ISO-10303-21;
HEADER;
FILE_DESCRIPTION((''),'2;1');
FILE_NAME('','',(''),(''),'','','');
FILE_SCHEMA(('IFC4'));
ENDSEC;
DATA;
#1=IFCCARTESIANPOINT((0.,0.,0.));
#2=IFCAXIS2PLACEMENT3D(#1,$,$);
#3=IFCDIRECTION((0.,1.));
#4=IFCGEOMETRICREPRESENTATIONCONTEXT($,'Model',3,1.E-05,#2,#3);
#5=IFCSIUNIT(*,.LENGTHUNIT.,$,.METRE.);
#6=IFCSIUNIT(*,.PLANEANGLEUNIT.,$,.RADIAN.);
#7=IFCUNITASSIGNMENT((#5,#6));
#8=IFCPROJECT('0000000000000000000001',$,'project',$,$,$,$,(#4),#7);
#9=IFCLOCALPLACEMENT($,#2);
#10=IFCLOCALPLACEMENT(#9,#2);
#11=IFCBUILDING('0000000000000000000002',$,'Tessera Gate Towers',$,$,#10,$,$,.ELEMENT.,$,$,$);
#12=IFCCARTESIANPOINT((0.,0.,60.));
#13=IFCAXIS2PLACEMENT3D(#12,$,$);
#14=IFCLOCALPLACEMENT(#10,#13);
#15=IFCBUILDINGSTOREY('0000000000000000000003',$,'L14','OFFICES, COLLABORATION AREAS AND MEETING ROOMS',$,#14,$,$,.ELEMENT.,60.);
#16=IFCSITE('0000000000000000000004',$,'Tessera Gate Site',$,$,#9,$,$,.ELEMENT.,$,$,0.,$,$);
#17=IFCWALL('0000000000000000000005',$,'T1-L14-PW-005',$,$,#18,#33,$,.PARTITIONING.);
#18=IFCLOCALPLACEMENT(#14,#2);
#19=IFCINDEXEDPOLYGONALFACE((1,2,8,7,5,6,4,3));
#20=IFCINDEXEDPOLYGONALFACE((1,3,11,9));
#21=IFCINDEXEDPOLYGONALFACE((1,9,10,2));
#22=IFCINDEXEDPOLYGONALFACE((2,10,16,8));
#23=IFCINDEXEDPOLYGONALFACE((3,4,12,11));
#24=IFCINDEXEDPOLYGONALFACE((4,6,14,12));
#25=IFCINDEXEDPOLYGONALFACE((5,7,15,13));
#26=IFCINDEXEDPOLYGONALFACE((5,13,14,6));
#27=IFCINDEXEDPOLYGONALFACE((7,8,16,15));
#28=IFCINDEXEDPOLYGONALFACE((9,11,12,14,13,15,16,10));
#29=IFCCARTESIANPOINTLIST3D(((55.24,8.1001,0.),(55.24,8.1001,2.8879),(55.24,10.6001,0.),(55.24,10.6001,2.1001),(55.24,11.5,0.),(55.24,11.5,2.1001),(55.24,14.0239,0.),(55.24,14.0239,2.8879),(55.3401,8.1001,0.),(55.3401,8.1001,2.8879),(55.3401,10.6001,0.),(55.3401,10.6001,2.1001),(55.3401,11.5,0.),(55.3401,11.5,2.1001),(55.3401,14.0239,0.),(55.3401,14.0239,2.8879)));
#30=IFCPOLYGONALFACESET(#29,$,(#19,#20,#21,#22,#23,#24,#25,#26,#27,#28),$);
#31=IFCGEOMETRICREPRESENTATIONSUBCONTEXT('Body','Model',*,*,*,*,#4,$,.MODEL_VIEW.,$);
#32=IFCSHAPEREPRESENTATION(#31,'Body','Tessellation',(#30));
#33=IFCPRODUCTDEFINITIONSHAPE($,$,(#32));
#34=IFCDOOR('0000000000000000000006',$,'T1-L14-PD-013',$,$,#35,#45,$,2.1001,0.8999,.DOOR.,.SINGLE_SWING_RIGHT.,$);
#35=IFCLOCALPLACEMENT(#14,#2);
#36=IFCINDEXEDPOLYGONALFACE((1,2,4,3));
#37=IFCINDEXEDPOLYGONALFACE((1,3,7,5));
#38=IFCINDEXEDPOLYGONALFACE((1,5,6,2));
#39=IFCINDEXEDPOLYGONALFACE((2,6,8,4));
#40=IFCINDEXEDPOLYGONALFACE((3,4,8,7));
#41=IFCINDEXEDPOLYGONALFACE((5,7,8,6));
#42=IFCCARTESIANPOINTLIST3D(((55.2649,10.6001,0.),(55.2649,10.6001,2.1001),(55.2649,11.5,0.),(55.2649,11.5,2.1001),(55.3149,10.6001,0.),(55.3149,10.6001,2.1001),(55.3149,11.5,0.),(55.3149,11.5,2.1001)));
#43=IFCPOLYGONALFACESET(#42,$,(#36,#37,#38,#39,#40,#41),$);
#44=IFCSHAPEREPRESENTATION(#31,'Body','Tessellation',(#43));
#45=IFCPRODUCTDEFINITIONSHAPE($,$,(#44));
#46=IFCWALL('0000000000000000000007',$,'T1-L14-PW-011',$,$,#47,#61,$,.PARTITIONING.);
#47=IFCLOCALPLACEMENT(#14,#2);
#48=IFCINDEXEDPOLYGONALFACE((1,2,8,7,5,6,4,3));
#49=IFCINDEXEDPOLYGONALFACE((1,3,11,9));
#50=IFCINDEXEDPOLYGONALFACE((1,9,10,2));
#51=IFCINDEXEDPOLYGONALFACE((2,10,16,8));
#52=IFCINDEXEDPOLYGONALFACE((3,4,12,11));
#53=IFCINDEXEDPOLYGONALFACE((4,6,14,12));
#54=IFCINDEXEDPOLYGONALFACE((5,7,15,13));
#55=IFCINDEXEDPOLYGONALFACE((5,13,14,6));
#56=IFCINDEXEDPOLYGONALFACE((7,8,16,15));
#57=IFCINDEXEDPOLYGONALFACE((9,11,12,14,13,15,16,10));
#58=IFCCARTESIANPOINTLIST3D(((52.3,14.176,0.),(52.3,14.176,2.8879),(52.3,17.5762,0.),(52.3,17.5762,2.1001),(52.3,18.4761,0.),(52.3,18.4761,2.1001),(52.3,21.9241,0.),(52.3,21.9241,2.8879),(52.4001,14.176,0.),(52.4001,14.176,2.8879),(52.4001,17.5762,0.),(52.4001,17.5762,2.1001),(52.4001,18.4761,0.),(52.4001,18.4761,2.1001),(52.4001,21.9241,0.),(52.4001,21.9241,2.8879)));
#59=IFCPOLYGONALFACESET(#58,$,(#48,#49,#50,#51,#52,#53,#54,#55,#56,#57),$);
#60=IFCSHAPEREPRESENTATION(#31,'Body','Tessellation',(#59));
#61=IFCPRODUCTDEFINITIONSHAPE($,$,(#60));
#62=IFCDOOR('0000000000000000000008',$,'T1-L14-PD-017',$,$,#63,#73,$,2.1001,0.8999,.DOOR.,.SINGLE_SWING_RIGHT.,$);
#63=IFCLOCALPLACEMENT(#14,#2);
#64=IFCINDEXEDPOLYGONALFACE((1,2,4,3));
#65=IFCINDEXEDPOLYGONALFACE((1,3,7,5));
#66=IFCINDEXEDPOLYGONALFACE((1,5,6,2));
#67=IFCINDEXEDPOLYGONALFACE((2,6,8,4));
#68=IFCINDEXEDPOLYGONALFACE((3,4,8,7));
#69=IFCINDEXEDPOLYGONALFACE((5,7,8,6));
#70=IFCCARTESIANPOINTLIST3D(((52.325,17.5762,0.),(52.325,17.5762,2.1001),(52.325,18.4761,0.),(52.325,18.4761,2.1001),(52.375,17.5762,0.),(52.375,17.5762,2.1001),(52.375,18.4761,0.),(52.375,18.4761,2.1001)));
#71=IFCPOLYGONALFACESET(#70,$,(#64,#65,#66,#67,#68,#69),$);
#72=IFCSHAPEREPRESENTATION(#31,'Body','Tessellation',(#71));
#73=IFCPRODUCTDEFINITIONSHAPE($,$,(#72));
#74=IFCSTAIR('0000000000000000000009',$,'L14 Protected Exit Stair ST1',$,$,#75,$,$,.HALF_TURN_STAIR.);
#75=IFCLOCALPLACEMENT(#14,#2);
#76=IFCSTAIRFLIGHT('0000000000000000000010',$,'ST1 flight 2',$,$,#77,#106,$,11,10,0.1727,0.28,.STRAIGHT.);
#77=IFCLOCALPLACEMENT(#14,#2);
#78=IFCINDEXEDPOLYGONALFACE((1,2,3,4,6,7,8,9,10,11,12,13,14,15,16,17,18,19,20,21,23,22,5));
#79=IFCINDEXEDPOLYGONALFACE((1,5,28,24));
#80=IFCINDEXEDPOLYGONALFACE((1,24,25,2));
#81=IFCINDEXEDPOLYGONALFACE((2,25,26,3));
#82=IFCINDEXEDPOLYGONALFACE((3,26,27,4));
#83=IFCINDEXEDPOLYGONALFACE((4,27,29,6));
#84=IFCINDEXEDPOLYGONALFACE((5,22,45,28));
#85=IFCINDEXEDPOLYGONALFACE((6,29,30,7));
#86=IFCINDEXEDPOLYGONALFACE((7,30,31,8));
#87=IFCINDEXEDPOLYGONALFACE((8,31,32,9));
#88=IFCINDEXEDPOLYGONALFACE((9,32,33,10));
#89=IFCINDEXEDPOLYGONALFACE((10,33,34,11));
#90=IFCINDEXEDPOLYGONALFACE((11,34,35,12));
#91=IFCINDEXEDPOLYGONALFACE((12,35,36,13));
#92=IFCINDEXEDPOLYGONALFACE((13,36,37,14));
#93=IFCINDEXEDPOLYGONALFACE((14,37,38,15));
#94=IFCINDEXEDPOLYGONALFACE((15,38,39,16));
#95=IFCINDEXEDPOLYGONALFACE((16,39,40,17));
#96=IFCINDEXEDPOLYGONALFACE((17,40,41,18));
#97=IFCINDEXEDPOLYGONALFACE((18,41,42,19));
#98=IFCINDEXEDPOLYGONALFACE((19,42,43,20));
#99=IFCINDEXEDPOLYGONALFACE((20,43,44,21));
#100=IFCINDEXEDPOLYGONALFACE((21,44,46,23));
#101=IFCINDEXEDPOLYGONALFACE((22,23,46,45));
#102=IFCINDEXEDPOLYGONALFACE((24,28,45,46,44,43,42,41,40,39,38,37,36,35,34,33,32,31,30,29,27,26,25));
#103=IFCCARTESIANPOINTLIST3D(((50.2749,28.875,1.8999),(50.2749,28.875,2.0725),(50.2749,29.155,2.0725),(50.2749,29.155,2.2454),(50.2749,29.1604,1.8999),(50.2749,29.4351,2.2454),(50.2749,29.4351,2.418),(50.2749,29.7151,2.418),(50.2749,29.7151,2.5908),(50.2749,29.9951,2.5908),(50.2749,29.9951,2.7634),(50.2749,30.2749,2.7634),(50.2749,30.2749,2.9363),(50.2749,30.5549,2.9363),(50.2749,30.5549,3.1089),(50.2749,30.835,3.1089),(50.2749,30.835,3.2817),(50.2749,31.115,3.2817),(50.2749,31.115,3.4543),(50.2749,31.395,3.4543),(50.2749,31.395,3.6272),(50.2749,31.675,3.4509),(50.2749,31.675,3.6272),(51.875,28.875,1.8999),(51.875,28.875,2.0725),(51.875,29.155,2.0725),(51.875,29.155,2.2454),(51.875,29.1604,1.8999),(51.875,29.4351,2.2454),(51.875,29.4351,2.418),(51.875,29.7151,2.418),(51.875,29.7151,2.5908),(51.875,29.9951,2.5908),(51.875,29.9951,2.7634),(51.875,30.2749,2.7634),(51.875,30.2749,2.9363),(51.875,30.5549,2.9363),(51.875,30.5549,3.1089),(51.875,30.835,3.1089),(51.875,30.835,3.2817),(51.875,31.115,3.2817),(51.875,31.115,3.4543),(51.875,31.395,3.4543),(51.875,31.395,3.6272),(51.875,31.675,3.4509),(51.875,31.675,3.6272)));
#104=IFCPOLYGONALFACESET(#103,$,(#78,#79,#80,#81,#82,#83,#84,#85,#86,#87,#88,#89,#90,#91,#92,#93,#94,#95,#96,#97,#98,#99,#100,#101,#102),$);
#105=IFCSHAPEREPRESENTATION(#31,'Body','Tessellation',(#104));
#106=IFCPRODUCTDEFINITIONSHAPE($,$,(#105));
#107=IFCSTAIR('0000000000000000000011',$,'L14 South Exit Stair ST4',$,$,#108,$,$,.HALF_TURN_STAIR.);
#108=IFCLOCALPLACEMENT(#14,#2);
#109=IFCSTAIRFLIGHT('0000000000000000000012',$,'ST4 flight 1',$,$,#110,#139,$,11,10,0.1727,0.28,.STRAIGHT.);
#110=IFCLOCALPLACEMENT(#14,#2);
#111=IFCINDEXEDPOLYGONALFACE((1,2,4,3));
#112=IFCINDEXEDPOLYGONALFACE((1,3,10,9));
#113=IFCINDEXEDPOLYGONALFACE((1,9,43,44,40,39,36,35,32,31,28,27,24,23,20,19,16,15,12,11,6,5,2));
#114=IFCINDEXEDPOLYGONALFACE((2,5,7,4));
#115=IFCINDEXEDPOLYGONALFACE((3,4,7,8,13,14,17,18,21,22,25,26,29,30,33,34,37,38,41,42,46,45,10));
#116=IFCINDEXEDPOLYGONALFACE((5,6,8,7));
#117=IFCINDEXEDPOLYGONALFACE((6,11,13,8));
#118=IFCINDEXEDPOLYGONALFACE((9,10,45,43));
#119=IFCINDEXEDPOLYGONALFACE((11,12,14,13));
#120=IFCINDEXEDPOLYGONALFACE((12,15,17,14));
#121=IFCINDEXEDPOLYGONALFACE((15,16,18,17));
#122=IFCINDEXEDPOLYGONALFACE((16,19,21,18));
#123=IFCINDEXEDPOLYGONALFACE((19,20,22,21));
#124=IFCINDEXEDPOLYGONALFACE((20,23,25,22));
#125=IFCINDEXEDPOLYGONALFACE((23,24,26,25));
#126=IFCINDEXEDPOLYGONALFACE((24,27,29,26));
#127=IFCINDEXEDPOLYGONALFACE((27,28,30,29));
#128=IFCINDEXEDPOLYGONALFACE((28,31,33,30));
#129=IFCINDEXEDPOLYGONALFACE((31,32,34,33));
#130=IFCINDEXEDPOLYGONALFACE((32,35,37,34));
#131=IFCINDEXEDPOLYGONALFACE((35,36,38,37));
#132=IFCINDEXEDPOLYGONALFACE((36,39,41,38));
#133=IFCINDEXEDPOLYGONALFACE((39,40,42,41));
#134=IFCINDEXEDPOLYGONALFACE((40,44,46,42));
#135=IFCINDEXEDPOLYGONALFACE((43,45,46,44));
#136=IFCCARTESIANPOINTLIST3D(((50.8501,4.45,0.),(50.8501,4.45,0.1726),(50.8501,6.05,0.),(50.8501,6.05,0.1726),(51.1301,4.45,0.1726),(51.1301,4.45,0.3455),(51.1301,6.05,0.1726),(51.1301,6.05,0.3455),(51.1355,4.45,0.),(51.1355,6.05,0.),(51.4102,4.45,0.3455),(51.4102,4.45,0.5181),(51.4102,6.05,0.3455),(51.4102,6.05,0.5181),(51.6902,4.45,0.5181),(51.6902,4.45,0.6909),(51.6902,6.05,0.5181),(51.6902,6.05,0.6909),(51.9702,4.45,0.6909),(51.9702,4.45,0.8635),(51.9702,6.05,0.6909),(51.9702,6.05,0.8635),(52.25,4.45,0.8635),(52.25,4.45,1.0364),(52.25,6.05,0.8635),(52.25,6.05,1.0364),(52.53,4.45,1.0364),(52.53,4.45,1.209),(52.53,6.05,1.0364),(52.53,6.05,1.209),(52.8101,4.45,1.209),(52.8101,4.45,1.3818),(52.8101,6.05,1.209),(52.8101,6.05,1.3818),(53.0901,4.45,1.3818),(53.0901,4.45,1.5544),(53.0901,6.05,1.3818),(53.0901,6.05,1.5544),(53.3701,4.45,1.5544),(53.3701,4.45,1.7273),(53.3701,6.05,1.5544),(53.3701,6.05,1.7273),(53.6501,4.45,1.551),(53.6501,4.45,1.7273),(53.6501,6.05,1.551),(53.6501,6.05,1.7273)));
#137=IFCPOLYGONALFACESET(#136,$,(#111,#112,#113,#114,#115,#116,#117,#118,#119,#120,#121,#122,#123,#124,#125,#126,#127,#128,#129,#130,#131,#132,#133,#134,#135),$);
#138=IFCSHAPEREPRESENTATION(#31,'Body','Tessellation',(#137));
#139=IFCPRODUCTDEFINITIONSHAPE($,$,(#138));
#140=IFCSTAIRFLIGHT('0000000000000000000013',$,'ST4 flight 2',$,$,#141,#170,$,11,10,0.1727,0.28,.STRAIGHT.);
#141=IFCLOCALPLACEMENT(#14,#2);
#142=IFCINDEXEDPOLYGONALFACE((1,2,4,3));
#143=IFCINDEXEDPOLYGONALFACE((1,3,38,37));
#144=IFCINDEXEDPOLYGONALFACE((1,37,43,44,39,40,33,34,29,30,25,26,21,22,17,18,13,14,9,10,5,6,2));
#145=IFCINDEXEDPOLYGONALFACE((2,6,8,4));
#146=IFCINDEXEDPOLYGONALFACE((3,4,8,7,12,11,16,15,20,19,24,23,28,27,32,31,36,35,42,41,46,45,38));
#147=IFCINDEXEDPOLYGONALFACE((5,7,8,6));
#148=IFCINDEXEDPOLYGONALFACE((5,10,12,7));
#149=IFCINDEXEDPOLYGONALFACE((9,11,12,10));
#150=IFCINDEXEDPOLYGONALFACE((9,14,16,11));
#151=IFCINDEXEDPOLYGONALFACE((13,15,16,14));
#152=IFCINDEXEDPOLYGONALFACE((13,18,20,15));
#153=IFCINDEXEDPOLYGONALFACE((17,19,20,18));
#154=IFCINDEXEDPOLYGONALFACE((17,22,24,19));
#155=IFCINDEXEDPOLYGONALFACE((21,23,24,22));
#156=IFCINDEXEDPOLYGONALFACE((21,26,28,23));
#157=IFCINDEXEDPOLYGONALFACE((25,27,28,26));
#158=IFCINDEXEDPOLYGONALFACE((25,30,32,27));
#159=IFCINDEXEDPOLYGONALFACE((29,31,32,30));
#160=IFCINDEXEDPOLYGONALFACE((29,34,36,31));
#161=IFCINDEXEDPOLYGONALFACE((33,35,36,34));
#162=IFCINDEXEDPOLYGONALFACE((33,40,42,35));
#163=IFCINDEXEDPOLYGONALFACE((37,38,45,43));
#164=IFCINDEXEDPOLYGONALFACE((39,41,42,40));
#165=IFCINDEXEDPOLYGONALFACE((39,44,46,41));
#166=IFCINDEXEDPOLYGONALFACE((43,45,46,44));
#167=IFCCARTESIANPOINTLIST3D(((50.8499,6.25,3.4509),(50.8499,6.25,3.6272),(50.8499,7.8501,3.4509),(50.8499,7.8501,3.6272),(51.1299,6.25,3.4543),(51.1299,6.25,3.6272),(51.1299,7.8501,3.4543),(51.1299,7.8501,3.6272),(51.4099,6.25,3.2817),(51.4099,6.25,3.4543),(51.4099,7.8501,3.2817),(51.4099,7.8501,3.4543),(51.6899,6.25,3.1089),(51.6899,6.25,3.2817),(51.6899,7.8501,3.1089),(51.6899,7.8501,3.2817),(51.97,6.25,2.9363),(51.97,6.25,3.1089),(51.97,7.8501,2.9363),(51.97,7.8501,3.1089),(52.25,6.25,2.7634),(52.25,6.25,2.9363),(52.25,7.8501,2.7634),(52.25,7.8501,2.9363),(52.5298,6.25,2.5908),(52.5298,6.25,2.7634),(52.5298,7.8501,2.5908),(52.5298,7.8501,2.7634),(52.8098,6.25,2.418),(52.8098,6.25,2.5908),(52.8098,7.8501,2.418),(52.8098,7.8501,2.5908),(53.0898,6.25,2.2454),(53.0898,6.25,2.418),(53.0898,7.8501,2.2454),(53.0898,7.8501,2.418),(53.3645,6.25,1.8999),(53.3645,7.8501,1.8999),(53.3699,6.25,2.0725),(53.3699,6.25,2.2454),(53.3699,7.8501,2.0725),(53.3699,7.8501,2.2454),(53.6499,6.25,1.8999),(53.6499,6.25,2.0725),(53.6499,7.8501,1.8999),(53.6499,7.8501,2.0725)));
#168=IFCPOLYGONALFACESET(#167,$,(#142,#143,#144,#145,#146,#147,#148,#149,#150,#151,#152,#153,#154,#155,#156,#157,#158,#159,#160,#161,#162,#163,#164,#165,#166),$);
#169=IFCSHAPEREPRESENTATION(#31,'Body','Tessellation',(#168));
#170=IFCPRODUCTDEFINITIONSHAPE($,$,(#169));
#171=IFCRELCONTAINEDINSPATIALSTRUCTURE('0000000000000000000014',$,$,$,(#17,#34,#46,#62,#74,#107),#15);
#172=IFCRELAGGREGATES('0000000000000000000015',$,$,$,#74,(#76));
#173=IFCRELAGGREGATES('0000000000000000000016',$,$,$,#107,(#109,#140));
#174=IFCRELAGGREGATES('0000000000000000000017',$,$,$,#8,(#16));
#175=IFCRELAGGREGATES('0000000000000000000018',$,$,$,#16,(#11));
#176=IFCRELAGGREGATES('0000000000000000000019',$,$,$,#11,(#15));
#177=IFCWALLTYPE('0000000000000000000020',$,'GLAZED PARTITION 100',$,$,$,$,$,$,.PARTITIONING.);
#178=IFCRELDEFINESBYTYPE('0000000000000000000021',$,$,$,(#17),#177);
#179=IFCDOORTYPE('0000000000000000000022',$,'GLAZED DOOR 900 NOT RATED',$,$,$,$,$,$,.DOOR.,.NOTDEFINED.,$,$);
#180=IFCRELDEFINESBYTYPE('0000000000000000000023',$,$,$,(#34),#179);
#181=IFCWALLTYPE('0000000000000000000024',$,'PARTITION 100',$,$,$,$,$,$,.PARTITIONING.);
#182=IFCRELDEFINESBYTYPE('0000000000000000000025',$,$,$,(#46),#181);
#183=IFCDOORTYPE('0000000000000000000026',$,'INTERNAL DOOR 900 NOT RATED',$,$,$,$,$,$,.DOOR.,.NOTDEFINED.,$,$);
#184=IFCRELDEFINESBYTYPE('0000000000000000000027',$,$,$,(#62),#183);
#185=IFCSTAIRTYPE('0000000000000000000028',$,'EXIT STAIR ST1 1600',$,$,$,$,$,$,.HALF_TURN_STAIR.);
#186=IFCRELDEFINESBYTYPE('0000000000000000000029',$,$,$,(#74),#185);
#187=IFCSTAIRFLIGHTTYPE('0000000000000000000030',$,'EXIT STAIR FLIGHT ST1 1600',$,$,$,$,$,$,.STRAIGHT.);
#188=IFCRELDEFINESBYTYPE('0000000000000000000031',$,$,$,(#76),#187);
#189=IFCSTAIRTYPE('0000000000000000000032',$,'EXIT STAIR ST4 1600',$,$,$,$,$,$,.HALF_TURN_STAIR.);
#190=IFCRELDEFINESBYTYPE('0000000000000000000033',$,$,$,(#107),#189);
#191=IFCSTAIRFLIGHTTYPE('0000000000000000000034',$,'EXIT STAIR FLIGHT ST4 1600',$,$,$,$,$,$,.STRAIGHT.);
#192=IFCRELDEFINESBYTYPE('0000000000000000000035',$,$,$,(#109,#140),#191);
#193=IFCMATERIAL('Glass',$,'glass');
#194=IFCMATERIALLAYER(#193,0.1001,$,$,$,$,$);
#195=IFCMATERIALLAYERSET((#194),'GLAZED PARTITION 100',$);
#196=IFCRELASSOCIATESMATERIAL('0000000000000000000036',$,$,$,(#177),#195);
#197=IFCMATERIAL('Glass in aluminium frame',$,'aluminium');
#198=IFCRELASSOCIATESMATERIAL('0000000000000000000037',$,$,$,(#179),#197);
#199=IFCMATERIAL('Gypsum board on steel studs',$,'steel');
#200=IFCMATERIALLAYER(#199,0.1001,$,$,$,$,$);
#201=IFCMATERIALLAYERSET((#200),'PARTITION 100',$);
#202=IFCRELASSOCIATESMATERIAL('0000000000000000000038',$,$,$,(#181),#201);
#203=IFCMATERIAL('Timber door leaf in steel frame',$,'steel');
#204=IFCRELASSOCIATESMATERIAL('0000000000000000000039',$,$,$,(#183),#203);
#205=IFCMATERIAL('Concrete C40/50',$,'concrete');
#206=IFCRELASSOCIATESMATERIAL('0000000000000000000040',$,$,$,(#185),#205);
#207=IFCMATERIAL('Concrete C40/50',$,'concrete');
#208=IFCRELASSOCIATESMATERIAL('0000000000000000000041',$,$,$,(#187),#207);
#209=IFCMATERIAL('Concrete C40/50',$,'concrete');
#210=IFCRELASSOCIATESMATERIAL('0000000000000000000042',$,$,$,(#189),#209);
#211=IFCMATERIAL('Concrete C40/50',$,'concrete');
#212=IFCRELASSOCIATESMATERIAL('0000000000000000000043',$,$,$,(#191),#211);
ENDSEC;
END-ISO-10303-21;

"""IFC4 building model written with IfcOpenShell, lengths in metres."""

from ifc_helpers import new_model, si_unit, direction, frame, frame_2d, origin, place, context, subcontext, project, spatial, polyline, rectangle, outline, extrude, source, transform, mapped, material, layer, layer_set, type_object, element, fill, aggregate, save


model = new_model("IFC4")

# Units and contexts
model_context = context("Model", 3, precision=1e-05, world=origin(), true_north=direction((0.0, 1.0)))
body_context = subcontext(model_context, "Body", "Model", "MODEL_VIEW")
ifc_project = project(units=[si_unit("LENGTHUNIT", "METRE"), si_unit("PLANEANGLEUNIT", "RADIAN")], contexts=[model_context])

# Site, building, storey
site_placement = place(None, origin())
site = spatial("IfcSite", under=ifc_project, at=site_placement, Name="Tessera Gate Site", CompositionType="ELEMENT", RefElevation=0.0)
building_placement = place(site_placement, origin())
building = spatial("IfcBuilding", under=site, at=building_placement, Name="Tessera Gate Towers", CompositionType="ELEMENT")
storey_placement = place(building_placement, frame((0.0, 0.0, 60.0)))
storey = spatial("IfcBuildingStorey", under=building, at=storey_placement, Name="L14", Description="OFFICES, COLLABORATION AREAS AND MEETING ROOMS", CompositionType="ELEMENT", Elevation=60.0)

# Walls, openings, doors
shared_shape_1 = source(origin(), body_context, "Body", "SweptSolid", [
    extrude(rectangle(XDim=0.8999, YDim=2.1001, at=frame_2d((0.45, 1.05))), frame((0.0, 0.0249, 0.0), z_axis=(0.0, -1.0, 0.0), x_axis=(1.0, 0.0, 0.0)), (0.0, 0.0, 1.0), 0.05),
])
ifc_material_1 = material(Name="Glass", Category="glass")
ifc_layer_1 = layer(ifc_material_1, 0.1001)
ifc_layer_set_1 = layer_set([ifc_layer_1], Name="GLAZED PARTITION 100")
wall_type_1 = type_object("IfcWallType", Name="GLAZED PARTITION 100", PredefinedType="PARTITIONING", material=ifc_layer_set_1)
wall_1_placement = place(storey_placement, frame((55.29, 14.0239, 0.0), z_axis=(0.0, 0.0, 1.0), x_axis=(0.0, -1.0, 0.0)))
wall_1 = element("IfcWall", 1, at=wall_1_placement, inside=storey, type_object=wall_type_1, Name="T1-L14-PW-005", PredefinedType="PARTITIONING", context=body_context, shape_type="SweptSolid", body=[
    extrude(rectangle(XDim=5.9238, YDim=0.1001, at=frame_2d((2.9619, 0.0))), origin(), (0.0, 0.0, 1.0), 2.8879),
])
shared_shape_2 = source(origin(), body_context, "Body", "SweptSolid", [
    extrude(rectangle(XDim=0.8999, YDim=2.1001, at=frame_2d((0.45, 1.05))), frame((0.0, 0.0601, 0.0), z_axis=(0.0, -1.0, 0.0), x_axis=(1.0, 0.0, 0.0)), (0.0, 0.0, 1.0), 0.1201),
])
opening_1_placement = place(wall_1_placement, frame((2.5239, 0.0, 0.0)))
opening_1 = element("IfcOpeningElement", 2, at=opening_1_placement, cuts=wall_1, PredefinedType="OPENING", context=body_context, shape_type="MappedRepresentation", body=[
    mapped(shared_shape_2, transform((0.0, 0.0, 0.0), scale=1.0)),
])
ifc_material_2 = material(Name="Glass in aluminium frame", Category="aluminium")
door_type_1 = type_object("IfcDoorType", Name="GLAZED DOOR 900 NOT RATED", OperationType="NOTDEFINED", PredefinedType="DOOR", material=ifc_material_2)
door_1_placement = place(opening_1_placement, origin())
door_1 = element("IfcDoor", 3, at=door_1_placement, inside=storey, type_object=door_type_1, Name="T1-L14-PD-013", OperationType="SINGLE_SWING_RIGHT", OverallHeight=2.1001, OverallWidth=0.8999, PredefinedType="DOOR", context=body_context, shape_type="MappedRepresentation", body=[
    mapped(shared_shape_1, transform((0.0, 0.0, 0.0), scale=1.0)),
])
fill(opening_1, door_1)
ifc_material_3 = material(Name="Gypsum board on steel studs", Category="steel")
ifc_layer_2 = layer(ifc_material_3, 0.1001)
ifc_layer_set_2 = layer_set([ifc_layer_2], Name="PARTITION 100")
wall_type_2 = type_object("IfcWallType", Name="PARTITION 100", PredefinedType="PARTITIONING", material=ifc_layer_set_2)
wall_2_placement = place(storey_placement, frame((52.3501, 21.9241, 0.0), z_axis=(0.0, 0.0, 1.0), x_axis=(0.0, -1.0, 0.0)))
wall_2 = element("IfcWall", 4, at=wall_2_placement, inside=storey, type_object=wall_type_2, Name="T1-L14-PW-011", PredefinedType="PARTITIONING", context=body_context, shape_type="SweptSolid", body=[
    extrude(rectangle(XDim=7.748, YDim=0.1001, at=frame_2d((3.874, 0.0))), origin(), (0.0, 0.0, 1.0), 2.8879),
])
opening_2_placement = place(wall_2_placement, frame((3.448, 0.0, 0.0)))
opening_2 = element("IfcOpeningElement", 5, at=opening_2_placement, cuts=wall_2, PredefinedType="OPENING", context=body_context, shape_type="MappedRepresentation", body=[
    mapped(shared_shape_2, transform((0.0, 0.0, 0.0), scale=1.0)),
])
ifc_material_4 = material(Name="Timber door leaf in steel frame", Category="steel")
door_type_2 = type_object("IfcDoorType", Name="INTERNAL DOOR 900 NOT RATED", OperationType="NOTDEFINED", PredefinedType="DOOR", material=ifc_material_4)
door_2_placement = place(opening_2_placement, origin())
door_2 = element("IfcDoor", 6, at=door_2_placement, inside=storey, type_object=door_type_2, Name="T1-L14-PD-017", OperationType="SINGLE_SWING_RIGHT", OverallHeight=2.1001, OverallWidth=0.8999, PredefinedType="DOOR", context=body_context, shape_type="MappedRepresentation", body=[
    mapped(shared_shape_1, transform((0.0, 0.0, 0.0), scale=1.0)),
])
fill(opening_2, door_2)

# Stair, stair flight
ifc_material_5 = material(Name="Concrete C40/50", Category="concrete")
stair_type_1 = type_object("IfcStairType", Name="EXIT STAIR ST1 1600", PredefinedType="HALF_TURN_STAIR", material=ifc_material_5)
stair_1_placement = place(storey_placement, origin())
stair_1 = element("IfcStair", 7, at=stair_1_placement, inside=storey, type_object=stair_type_1, Name="L14 Protected Exit Stair ST1", PredefinedType="HALF_TURN_STAIR")
ifc_material_6 = material(Name="Concrete C40/50", Category="concrete")
stair_flight_type_1 = type_object("IfcStairFlightType", Name="EXIT STAIR FLIGHT ST1 1600", PredefinedType="STRAIGHT", material=ifc_material_6)
stair_flight_1_placement = place(storey_placement, frame((51.075, 28.875, 1.8999), z_axis=(0.0, 0.0, 1.0), x_axis=(0.0, 1.0, 0.0)))
stair_flight_1 = element("IfcStairFlight", 8, at=stair_flight_1_placement, type_object=stair_flight_type_1, Name="ST1 flight 2", NumberOfRisers=11, NumberOfTreads=10, PredefinedType="STRAIGHT", RiserHeight=0.1727, TreadLength=0.28, context=body_context, shape_type="SweptSolid", body=[
    extrude(outline(polyline([(0.0, 0.0), (0.0, 0.1726), (0.28, 0.1726), (0.28, 0.3455), (0.5601, 0.3455), (0.5601, 0.5181), (0.8401, 0.5181), (0.8401, 0.6909), (1.1201, 0.6909), (1.1201, 0.8635), (1.3999, 0.8635), (1.3999, 1.0364), (1.6799, 1.0364), (1.6799, 1.209), (1.96, 1.209), (1.96, 1.3818), (2.24, 1.3818), (2.24, 1.5544), (2.52, 1.5544), (2.52, 1.7273), (2.8, 1.7273), (2.8, 1.8999), (2.8, 1.551), (0.2854, 0.0), (0.0, 0.0)])), frame((0.0, 0.8, 0.0), z_axis=(0.0, -1.0, 0.0), x_axis=(1.0, 0.0, 0.0)), (0.0, 0.0, 1.0), 1.6001),
])
aggregate(stair_1, [stair_flight_1])

# Stair, stair flights
ifc_material_7 = material(Name="Concrete C40/50", Category="concrete")
stair_type_2 = type_object("IfcStairType", Name="EXIT STAIR ST4 1600", PredefinedType="HALF_TURN_STAIR", material=ifc_material_7)
stair_2_placement = place(storey_placement, origin())
stair_2 = element("IfcStair", 9, at=stair_2_placement, inside=storey, type_object=stair_type_2, Name="L14 South Exit Stair ST4", PredefinedType="HALF_TURN_STAIR")
ifc_material_8 = material(Name="Concrete C40/50", Category="concrete")
stair_flight_type_2 = type_object("IfcStairFlightType", Name="EXIT STAIR FLIGHT ST4 1600", PredefinedType="STRAIGHT", material=ifc_material_8)
stair_flight_2_placement = place(storey_placement, frame((50.8501, 5.25, 0.0), z_axis=(0.0, 0.0, 1.0), x_axis=(1.0, 0.0, 0.0)))
stair_flight_2 = element("IfcStairFlight", 10, at=stair_flight_2_placement, type_object=stair_flight_type_2, Name="ST4 flight 1", NumberOfRisers=11, NumberOfTreads=10, PredefinedType="STRAIGHT", RiserHeight=0.1727, TreadLength=0.28, context=body_context, shape_type="SweptSolid", body=[
    extrude(outline(polyline([(0.0, 0.0), (0.0, 0.1726), (0.28, 0.1726), (0.28, 0.3455), (0.5601, 0.3455), (0.5601, 0.5181), (0.8401, 0.5181), (0.8401, 0.6909), (1.1201, 0.6909), (1.1201, 0.8635), (1.3999, 0.8635), (1.3999, 1.0364), (1.6799, 1.0364), (1.6799, 1.209), (1.96, 1.209), (1.96, 1.3818), (2.24, 1.3818), (2.24, 1.5544), (2.52, 1.5544), (2.52, 1.7273), (2.8, 1.7273), (2.8, 1.8999), (2.8, 1.551), (0.2854, 0.0), (0.0, 0.0)])), frame((0.0, 0.8, 0.0), z_axis=(0.0, -1.0, 0.0), x_axis=(1.0, 0.0, 0.0)), (0.0, 0.0, 1.0), 1.6001),
])
stair_flight_3_placement = place(storey_placement, frame((53.6499, 7.05, 1.8999), z_axis=(0.0, 0.0, 1.0), x_axis=(-1.0, 0.0, 0.0)))
stair_flight_3 = element("IfcStairFlight", 11, at=stair_flight_3_placement, type_object=stair_flight_type_2, Name="ST4 flight 2", NumberOfRisers=11, NumberOfTreads=10, PredefinedType="STRAIGHT", RiserHeight=0.1727, TreadLength=0.28, context=body_context, shape_type="SweptSolid", body=[
    extrude(outline(polyline([(0.0, 0.0), (0.0, 0.1726), (0.28, 0.1726), (0.28, 0.3455), (0.5601, 0.3455), (0.5601, 0.5181), (0.8401, 0.5181), (0.8401, 0.6909), (1.1201, 0.6909), (1.1201, 0.8635), (1.3999, 0.8635), (1.3999, 1.0364), (1.6799, 1.0364), (1.6799, 1.209), (1.96, 1.209), (1.96, 1.3818), (2.24, 1.3818), (2.24, 1.5544), (2.52, 1.5544), (2.52, 1.7273), (2.8, 1.7273), (2.8, 1.8999), (2.8, 1.551), (0.2854, 0.0), (0.0, 0.0)])), frame((0.0, 0.8, 0.0), z_axis=(0.0, -1.0, 0.0), x_axis=(1.0, 0.0, 0.0)), (0.0, 0.0, 1.0), 1.6001),
])
aggregate(stair_2, [stair_flight_2, stair_flight_3])

save(model, "model.ifc")
